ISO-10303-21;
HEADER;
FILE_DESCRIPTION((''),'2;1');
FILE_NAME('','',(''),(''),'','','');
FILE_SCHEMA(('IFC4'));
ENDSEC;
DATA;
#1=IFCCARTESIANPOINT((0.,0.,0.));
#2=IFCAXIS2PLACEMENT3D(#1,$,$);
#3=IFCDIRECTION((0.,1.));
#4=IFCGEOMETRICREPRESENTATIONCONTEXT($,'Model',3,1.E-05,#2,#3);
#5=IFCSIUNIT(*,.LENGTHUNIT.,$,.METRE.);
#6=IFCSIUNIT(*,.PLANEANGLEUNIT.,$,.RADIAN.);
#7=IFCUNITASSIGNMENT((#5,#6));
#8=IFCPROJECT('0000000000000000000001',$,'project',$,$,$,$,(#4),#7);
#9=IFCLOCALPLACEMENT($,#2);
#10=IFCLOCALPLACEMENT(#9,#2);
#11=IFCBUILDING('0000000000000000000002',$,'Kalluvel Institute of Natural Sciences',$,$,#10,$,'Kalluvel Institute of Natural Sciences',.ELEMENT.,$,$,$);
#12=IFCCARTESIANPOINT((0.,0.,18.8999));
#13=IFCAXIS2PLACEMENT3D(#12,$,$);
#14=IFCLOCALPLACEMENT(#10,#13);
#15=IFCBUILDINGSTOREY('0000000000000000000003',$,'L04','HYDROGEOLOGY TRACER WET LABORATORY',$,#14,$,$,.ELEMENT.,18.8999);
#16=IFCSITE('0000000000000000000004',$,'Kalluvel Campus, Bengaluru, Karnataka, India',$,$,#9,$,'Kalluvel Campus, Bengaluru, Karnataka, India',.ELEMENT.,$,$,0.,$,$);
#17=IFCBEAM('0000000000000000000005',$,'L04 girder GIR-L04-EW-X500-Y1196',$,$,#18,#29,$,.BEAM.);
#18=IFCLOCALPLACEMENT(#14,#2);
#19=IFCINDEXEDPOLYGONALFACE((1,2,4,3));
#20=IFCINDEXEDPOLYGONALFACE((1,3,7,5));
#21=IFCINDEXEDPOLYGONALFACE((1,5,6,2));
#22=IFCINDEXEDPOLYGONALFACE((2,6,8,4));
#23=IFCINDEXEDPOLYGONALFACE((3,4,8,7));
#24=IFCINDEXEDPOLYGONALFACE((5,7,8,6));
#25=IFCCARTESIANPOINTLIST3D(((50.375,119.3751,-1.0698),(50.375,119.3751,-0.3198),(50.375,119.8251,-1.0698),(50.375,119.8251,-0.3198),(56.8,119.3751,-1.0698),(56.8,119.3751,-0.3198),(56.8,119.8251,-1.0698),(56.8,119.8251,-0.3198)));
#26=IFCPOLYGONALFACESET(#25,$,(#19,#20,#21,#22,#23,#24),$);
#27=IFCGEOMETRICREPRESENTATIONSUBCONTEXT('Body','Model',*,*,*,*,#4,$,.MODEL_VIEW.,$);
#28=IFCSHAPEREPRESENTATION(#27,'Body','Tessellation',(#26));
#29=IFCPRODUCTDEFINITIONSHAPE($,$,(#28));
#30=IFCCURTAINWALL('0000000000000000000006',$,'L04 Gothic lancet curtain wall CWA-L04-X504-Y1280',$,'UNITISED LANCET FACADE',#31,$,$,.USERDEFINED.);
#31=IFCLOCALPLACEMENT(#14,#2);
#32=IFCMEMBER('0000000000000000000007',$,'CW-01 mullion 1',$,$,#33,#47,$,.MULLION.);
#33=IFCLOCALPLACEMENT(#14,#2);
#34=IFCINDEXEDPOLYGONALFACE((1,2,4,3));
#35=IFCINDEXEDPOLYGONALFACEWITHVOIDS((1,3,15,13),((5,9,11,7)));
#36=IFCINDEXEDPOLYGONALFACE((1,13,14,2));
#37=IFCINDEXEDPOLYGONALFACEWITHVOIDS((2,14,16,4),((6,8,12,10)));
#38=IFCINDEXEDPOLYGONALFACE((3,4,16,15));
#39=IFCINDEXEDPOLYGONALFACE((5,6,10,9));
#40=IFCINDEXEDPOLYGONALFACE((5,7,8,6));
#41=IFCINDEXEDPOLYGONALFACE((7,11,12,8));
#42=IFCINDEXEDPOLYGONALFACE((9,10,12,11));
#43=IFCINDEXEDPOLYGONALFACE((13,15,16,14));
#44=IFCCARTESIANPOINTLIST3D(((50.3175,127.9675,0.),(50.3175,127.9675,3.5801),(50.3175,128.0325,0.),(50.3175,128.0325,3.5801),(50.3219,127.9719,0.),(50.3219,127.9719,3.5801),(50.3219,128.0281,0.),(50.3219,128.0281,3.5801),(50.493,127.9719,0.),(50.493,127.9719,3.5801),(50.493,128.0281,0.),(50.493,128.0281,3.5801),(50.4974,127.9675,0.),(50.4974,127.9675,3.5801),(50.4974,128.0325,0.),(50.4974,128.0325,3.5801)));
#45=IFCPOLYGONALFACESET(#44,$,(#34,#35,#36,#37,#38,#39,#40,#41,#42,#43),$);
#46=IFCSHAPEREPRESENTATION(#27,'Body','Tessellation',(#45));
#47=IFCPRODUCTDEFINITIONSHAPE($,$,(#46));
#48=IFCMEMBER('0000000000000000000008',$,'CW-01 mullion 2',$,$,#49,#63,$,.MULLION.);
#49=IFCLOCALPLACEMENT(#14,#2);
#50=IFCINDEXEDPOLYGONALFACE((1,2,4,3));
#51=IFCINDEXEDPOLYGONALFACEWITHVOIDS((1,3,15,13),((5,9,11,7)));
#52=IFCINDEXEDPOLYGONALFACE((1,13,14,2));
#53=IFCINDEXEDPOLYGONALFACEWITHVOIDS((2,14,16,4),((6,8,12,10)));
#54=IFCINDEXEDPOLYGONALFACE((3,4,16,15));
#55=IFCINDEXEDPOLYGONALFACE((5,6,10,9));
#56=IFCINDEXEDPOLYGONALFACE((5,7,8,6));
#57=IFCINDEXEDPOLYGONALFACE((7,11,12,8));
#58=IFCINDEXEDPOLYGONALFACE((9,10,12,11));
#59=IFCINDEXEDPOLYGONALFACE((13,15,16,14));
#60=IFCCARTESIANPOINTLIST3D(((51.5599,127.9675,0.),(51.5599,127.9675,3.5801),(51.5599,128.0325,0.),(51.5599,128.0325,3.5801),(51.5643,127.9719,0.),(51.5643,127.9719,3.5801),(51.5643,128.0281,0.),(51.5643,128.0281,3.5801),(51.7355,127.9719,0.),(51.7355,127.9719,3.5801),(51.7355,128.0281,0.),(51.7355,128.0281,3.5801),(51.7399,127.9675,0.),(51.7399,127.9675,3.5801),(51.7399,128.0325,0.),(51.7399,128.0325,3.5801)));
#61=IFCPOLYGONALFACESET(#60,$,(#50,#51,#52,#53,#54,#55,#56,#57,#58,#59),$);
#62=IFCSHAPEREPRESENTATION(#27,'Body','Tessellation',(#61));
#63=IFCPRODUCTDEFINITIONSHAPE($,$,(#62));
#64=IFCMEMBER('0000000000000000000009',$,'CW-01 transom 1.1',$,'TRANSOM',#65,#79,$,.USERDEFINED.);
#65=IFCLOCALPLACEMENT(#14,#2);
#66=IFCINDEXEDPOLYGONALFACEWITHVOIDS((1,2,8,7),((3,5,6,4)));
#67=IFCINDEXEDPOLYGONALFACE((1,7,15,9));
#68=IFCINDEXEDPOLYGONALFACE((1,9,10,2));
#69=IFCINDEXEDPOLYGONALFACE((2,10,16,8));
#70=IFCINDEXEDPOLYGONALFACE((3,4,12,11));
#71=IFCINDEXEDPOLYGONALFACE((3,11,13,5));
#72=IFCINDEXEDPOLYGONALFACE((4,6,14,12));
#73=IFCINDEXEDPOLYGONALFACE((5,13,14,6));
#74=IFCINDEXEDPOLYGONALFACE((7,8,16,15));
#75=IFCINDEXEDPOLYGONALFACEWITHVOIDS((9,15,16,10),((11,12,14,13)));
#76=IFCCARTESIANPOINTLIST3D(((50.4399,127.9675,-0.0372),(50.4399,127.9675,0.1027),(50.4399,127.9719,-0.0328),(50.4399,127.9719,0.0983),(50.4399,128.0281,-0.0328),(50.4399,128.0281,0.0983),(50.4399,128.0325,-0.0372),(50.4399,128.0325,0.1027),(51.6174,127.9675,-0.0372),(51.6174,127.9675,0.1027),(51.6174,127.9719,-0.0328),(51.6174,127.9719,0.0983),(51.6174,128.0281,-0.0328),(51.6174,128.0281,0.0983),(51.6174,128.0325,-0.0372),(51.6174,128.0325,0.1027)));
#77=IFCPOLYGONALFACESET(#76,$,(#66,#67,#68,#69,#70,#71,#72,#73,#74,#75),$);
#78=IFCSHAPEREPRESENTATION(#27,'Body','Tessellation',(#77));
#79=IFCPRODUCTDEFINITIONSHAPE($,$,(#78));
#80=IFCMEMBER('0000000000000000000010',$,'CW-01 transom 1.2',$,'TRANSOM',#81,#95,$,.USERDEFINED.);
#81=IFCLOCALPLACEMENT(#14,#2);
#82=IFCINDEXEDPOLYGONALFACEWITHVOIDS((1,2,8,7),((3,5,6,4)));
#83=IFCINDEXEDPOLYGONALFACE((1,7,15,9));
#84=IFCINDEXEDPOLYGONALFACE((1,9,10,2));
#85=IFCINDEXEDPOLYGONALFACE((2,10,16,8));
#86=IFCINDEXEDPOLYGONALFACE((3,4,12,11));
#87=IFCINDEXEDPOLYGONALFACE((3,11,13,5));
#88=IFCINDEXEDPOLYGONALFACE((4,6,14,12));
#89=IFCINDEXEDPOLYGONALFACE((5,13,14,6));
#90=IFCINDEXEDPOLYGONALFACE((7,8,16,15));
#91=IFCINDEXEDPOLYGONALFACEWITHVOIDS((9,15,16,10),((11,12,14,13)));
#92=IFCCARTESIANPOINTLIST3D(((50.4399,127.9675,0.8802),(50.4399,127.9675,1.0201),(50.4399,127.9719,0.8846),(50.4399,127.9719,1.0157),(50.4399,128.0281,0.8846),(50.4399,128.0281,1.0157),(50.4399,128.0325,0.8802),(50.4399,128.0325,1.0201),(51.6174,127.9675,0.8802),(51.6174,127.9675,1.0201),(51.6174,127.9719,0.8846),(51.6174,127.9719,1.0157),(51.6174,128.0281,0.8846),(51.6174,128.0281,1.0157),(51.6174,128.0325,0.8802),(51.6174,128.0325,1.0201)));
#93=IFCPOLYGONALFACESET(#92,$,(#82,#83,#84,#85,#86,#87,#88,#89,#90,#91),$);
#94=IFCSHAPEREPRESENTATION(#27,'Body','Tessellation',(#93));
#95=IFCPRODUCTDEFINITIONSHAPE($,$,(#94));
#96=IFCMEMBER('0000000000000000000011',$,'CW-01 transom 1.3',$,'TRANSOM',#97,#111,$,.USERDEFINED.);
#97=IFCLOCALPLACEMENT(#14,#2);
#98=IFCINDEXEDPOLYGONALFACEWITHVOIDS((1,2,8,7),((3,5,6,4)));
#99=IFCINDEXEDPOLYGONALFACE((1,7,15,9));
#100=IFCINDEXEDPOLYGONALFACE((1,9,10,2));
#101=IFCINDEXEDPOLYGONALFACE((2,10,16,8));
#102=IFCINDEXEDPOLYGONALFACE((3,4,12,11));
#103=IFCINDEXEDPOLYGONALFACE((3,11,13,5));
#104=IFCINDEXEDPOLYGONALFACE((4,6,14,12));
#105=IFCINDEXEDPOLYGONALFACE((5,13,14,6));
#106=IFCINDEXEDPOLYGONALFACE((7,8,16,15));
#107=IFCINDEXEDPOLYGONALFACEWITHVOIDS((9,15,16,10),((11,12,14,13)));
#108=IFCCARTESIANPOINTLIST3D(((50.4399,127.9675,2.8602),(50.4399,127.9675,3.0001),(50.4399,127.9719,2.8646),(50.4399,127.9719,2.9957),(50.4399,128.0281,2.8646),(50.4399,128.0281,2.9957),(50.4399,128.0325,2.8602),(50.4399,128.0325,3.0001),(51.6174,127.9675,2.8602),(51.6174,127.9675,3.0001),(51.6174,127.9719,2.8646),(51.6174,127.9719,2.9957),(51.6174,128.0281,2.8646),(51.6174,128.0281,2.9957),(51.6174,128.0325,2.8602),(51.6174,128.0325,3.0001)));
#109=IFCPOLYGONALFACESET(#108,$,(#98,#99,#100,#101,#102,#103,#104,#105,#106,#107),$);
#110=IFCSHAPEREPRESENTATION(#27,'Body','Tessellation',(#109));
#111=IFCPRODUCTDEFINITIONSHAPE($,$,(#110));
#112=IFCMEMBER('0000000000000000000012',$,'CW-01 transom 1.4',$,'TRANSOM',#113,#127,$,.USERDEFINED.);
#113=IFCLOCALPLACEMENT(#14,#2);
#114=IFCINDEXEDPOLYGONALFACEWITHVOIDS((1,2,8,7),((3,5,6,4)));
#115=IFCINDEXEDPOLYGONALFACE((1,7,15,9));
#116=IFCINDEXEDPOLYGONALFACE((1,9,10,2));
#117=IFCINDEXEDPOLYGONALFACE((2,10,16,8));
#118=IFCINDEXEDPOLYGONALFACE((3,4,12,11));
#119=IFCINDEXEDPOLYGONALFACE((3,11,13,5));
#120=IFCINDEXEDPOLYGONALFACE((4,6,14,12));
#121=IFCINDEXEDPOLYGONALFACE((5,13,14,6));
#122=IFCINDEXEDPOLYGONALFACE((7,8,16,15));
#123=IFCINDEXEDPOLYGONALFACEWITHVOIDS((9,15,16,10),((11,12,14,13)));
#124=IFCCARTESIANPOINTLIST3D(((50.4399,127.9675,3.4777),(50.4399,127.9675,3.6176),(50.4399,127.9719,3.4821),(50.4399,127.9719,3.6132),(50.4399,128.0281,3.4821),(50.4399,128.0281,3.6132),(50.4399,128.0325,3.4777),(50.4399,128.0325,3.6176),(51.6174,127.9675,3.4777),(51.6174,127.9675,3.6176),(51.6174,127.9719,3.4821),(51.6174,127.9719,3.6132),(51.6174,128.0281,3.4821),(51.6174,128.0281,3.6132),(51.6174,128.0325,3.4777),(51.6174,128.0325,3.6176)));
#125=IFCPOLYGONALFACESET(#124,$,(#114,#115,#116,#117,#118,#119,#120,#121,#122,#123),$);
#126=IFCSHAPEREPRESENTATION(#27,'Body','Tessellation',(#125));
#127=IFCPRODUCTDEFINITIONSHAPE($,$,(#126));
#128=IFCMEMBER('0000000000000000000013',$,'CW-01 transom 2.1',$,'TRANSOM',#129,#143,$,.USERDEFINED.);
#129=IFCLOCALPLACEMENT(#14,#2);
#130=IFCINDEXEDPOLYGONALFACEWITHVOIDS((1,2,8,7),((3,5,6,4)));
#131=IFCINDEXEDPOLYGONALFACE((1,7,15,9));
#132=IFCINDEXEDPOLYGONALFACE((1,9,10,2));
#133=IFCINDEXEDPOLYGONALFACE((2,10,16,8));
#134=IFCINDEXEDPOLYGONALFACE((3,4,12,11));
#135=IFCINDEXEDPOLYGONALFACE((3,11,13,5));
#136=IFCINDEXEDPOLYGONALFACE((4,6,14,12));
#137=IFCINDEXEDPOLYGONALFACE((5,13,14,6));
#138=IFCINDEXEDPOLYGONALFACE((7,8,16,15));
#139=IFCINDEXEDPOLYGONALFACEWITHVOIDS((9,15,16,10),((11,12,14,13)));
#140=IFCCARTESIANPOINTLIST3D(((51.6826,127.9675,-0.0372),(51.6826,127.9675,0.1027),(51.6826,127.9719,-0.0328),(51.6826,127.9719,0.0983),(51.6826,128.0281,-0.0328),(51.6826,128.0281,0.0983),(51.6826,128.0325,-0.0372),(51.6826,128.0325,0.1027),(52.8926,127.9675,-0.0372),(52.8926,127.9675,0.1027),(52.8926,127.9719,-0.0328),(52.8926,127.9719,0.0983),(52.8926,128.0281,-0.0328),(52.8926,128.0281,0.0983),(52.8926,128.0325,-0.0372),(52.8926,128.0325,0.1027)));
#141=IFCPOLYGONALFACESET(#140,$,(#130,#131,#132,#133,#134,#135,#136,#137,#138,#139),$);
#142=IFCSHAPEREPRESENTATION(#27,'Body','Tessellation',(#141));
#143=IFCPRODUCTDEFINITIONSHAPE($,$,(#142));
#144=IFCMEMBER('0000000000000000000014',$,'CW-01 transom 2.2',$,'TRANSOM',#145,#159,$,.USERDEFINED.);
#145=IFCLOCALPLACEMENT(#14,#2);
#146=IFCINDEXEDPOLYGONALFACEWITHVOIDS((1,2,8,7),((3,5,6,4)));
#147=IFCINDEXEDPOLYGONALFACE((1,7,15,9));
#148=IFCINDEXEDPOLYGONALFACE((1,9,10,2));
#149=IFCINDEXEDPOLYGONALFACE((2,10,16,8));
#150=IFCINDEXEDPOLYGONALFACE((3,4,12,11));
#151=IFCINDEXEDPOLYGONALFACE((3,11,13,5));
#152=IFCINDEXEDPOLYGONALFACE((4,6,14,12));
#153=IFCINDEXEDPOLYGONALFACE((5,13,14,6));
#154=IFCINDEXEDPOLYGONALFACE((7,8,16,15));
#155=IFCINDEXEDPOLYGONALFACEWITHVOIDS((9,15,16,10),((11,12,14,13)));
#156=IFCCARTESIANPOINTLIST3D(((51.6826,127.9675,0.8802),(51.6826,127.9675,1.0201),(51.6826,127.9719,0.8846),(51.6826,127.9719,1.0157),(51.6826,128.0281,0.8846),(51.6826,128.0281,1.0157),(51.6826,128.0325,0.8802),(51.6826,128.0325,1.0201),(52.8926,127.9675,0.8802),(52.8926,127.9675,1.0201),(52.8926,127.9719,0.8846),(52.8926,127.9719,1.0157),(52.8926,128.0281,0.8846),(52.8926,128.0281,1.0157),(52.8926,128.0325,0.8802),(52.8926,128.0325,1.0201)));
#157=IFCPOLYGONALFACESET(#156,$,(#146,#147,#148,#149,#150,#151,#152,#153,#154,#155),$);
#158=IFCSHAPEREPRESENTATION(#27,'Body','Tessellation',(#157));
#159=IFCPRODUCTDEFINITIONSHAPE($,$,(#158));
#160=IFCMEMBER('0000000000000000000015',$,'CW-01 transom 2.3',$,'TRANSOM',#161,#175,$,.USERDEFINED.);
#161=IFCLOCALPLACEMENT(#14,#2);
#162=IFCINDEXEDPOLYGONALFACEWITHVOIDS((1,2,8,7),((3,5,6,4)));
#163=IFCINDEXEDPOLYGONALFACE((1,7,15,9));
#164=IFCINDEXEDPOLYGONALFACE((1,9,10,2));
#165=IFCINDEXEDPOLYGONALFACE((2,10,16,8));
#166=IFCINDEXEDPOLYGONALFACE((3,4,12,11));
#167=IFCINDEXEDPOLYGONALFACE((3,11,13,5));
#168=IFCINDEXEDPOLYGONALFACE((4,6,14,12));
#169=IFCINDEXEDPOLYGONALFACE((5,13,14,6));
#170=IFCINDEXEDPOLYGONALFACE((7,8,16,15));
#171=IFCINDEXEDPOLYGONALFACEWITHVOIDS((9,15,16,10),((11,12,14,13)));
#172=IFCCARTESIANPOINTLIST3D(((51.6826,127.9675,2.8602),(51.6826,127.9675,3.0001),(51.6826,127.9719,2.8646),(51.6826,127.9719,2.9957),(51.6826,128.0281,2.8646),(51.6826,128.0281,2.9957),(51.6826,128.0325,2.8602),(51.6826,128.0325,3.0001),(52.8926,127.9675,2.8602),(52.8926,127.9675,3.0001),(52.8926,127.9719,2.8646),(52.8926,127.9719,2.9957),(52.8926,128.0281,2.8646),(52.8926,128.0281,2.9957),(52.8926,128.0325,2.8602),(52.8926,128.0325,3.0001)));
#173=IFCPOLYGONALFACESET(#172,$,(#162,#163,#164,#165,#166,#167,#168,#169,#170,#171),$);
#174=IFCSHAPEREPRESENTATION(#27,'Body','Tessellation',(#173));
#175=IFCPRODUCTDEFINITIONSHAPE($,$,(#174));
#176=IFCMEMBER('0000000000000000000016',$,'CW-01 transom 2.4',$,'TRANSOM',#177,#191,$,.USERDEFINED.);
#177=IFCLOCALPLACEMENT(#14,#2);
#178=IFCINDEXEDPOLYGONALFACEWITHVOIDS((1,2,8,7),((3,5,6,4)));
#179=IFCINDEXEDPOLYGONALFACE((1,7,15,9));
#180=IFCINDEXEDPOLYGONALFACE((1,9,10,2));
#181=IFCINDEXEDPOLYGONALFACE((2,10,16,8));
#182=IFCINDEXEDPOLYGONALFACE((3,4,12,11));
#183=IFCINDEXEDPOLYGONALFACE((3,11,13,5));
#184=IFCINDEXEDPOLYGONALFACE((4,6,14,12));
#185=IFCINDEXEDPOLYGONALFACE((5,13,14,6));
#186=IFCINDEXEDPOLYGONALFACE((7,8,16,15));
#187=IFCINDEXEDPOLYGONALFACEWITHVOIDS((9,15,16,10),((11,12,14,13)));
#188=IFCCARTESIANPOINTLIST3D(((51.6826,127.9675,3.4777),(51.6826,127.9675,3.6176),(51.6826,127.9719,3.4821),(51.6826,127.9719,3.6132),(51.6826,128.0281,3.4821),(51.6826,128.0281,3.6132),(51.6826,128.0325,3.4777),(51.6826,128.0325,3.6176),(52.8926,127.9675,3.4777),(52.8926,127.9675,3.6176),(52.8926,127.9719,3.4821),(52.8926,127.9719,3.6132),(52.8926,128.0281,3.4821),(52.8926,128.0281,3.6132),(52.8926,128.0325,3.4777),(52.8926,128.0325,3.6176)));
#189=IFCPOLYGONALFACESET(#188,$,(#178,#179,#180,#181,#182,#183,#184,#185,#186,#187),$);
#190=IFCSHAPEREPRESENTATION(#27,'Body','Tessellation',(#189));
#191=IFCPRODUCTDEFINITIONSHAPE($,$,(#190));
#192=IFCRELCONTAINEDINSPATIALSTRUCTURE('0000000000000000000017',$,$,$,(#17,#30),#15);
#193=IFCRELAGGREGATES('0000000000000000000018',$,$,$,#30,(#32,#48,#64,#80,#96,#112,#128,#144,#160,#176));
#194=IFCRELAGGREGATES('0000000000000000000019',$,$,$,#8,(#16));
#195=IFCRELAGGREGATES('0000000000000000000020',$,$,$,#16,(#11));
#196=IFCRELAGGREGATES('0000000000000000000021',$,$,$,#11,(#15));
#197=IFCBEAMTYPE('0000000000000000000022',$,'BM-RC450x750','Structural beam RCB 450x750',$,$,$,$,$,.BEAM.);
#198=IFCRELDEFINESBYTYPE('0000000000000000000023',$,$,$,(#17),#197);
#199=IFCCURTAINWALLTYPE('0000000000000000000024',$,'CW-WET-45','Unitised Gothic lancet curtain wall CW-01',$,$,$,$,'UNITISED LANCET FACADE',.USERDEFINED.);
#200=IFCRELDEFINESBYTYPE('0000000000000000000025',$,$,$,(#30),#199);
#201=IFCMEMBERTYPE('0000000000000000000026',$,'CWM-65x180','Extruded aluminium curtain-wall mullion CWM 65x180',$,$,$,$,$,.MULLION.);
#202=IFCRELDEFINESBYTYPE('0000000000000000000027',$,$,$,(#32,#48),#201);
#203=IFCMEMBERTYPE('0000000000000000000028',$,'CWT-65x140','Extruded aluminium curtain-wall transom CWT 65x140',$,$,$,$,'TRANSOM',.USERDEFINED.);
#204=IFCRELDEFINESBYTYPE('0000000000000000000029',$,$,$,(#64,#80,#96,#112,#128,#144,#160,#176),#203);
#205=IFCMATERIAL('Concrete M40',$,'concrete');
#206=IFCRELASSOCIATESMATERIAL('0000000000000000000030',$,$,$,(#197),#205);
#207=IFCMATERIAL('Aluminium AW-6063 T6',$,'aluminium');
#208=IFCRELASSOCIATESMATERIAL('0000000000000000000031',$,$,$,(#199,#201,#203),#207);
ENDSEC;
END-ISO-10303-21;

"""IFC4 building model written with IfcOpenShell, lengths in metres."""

from ifc_helpers import new_model, si_unit, direction, frame, origin, origin_2d, place, context, subcontext, project, spatial, rectangle, hollow_rectangle, extrude, material, material_profile, profile_set, type_object, element, aggregate, save


model = new_model("IFC4")

# Units and contexts
model_context = context("Model", 3, precision=1e-05, world=origin(), true_north=direction((0.0, 1.0)))
body_context = subcontext(model_context, "Body", "Model", "MODEL_VIEW")
ifc_project = project(units=[si_unit("LENGTHUNIT", "METRE"), si_unit("PLANEANGLEUNIT", "RADIAN")], contexts=[model_context])

# Site, building, storey
site_placement = place(None, origin())
site = spatial("IfcSite", under=ifc_project, at=site_placement, Name="Kalluvel Campus, Bengaluru, Karnataka, India", LongName="Kalluvel Campus, Bengaluru, Karnataka, India", CompositionType="ELEMENT", RefElevation=0.0)
building_placement = place(site_placement, origin())
building = spatial("IfcBuilding", under=site, at=building_placement, Name="Kalluvel Institute of Natural Sciences", LongName="Kalluvel Institute of Natural Sciences", CompositionType="ELEMENT")
storey_placement = place(building_placement, frame((0.0, 0.0, 18.8999)))
storey = spatial("IfcBuildingStorey", under=building, at=storey_placement, Name="L04", Description="HYDROGEOLOGY TRACER WET LABORATORY", CompositionType="ELEMENT", Elevation=18.8999)

# Beam
ifc_material_1 = material(Name="Concrete M40", Category="concrete")
ifc_material_profile_1 = material_profile(ifc_material_1, rectangle(XDim=0.45, YDim=0.75, at=origin_2d()), Name="RCB 450x750")
ifc_profile_set_1 = profile_set([ifc_material_profile_1], Name="Concrete M40")
beam_type_1 = type_object("IfcBeamType", Name="BM-RC450x750", Description="Structural beam RCB 450x750", PredefinedType="BEAM", material=ifc_profile_set_1)
beam_1_placement = place(storey_placement, frame((50.375, 119.6001, -0.6948), z_axis=(1.0, 0.0, 0.0), x_axis=(0.0, 1.0, 0.0)))
element("IfcBeam", 1, at=beam_1_placement, inside=storey, type_object=beam_type_1, Name="L04 girder GIR-L04-EW-X500-Y1196", PredefinedType="BEAM", context=body_context, shape_type="SweptSolid", body=[
    extrude(rectangle(XDim=0.45, YDim=0.75, at=origin_2d()), origin(), (0.0, 0.0, 1.0), 6.425),
])

# Curtain wall, members
ifc_material_2 = material(Name="Aluminium AW-6063 T6", Category="aluminium")
curtain_wall_type = type_object("IfcCurtainWallType", Name="CW-WET-45", Description="Unitised Gothic lancet curtain wall CW-01", ElementType="UNITISED LANCET FACADE", PredefinedType="USERDEFINED", material=ifc_material_2)
curtain_wall_placement = place(storey_placement, origin())
curtain_wall = element("IfcCurtainWall", 2, at=curtain_wall_placement, inside=storey, type_object=curtain_wall_type, Name="L04 Gothic lancet curtain wall CWA-L04-X504-Y1280", ObjectType="UNITISED LANCET FACADE", PredefinedType="USERDEFINED")
ifc_material_profile_2 = material_profile(ifc_material_2, hollow_rectangle(XDim=0.0649, YDim=0.1799, WallThickness=0.0044, at=origin_2d()), Name="CWM 65x180")
ifc_profile_set_2 = profile_set([ifc_material_profile_2], Name="Aluminium AW-6063 T6")
member_type_1 = type_object("IfcMemberType", Name="CWM-65x180", Description="Extruded aluminium curtain-wall mullion CWM 65x180", PredefinedType="MULLION", material=ifc_profile_set_2)
member_1_placement = place(storey_placement, frame((50.4075, 128.0, 0.0), z_axis=(0.0, 0.0, 1.0), x_axis=(0.0, 1.0, 0.0)))
member_1 = element("IfcMember", 3, at=member_1_placement, type_object=member_type_1, Name="CW-01 mullion 1", PredefinedType="MULLION", context=body_context, shape_type="SweptSolid", body=[
    extrude(hollow_rectangle(XDim=0.0649, YDim=0.1799, WallThickness=0.0044, at=origin_2d()), origin(), (0.0, 0.0, 1.0), 3.5801),
])
member_2_placement = place(storey_placement, frame((51.6499, 128.0, 0.0), z_axis=(0.0, 0.0, 1.0), x_axis=(0.0, 1.0, 0.0)))
member_2 = element("IfcMember", 4, at=member_2_placement, type_object=member_type_1, Name="CW-01 mullion 2", PredefinedType="MULLION", context=body_context, shape_type="SweptSolid", body=[
    extrude(hollow_rectangle(XDim=0.0649, YDim=0.1799, WallThickness=0.0044, at=origin_2d()), origin(), (0.0, 0.0, 1.0), 3.5801),
])
ifc_material_profile_3 = material_profile(ifc_material_2, hollow_rectangle(XDim=0.0649, YDim=0.1399, WallThickness=0.0044, at=origin_2d()), Name="CWT 65x140")
ifc_profile_set_3 = profile_set([ifc_material_profile_3], Name="Aluminium AW-6063 T6")
member_type_2 = type_object("IfcMemberType", Name="CWT-65x140", Description="Extruded aluminium curtain-wall transom CWT 65x140", ElementType="TRANSOM", PredefinedType="USERDEFINED", material=ifc_profile_set_3)
member_3_placement = place(storey_placement, frame((50.4399, 128.0, 0.0327), z_axis=(1.0, 0.0, 0.0), x_axis=(0.0, 1.0, 0.0)))
member_3 = element("IfcMember", 5, at=member_3_placement, type_object=member_type_2, Name="CW-01 transom 1.1", ObjectType="TRANSOM", PredefinedType="USERDEFINED", context=body_context, shape_type="SweptSolid", body=[
    extrude(hollow_rectangle(XDim=0.0649, YDim=0.1399, WallThickness=0.0044, at=origin_2d()), origin(), (0.0, 0.0, 1.0), 1.1775),
])
member_4_placement = place(storey_placement, frame((50.4399, 128.0, 0.9502), z_axis=(1.0, 0.0, 0.0), x_axis=(0.0, 1.0, 0.0)))
member_4 = element("IfcMember", 6, at=member_4_placement, type_object=member_type_2, Name="CW-01 transom 1.2", ObjectType="TRANSOM", PredefinedType="USERDEFINED", context=body_context, shape_type="SweptSolid", body=[
    extrude(hollow_rectangle(XDim=0.0649, YDim=0.1399, WallThickness=0.0044, at=origin_2d()), origin(), (0.0, 0.0, 1.0), 1.1775),
])
member_5_placement = place(storey_placement, frame((50.4399, 128.0, 2.9302), z_axis=(1.0, 0.0, 0.0), x_axis=(0.0, 1.0, 0.0)))
member_5 = element("IfcMember", 7, at=member_5_placement, type_object=member_type_2, Name="CW-01 transom 1.3", ObjectType="TRANSOM", PredefinedType="USERDEFINED", context=body_context, shape_type="SweptSolid", body=[
    extrude(hollow_rectangle(XDim=0.0649, YDim=0.1399, WallThickness=0.0044, at=origin_2d()), origin(), (0.0, 0.0, 1.0), 1.1775),
])
member_6_placement = place(storey_placement, frame((50.4399, 128.0, 3.5476), z_axis=(1.0, 0.0, 0.0), x_axis=(0.0, 1.0, 0.0)))
member_6 = element("IfcMember", 8, at=member_6_placement, type_object=member_type_2, Name="CW-01 transom 1.4", ObjectType="TRANSOM", PredefinedType="USERDEFINED", context=body_context, shape_type="SweptSolid", body=[
    extrude(hollow_rectangle(XDim=0.0649, YDim=0.1399, WallThickness=0.0044, at=origin_2d()), origin(), (0.0, 0.0, 1.0), 1.1775),
])
member_7_placement = place(storey_placement, frame((51.6826, 128.0, 0.0327), z_axis=(1.0, 0.0, 0.0), x_axis=(0.0, 1.0, 0.0)))
member_7 = element("IfcMember", 9, at=member_7_placement, type_object=member_type_2, Name="CW-01 transom 2.1", ObjectType="TRANSOM", PredefinedType="USERDEFINED", context=body_context, shape_type="SweptSolid", body=[
    extrude(hollow_rectangle(XDim=0.0649, YDim=0.1399, WallThickness=0.0044, at=origin_2d()), origin(), (0.0, 0.0, 1.0), 1.21),
])
member_8_placement = place(storey_placement, frame((51.6826, 128.0, 0.9502), z_axis=(1.0, 0.0, 0.0), x_axis=(0.0, 1.0, 0.0)))
member_8 = element("IfcMember", 10, at=member_8_placement, type_object=member_type_2, Name="CW-01 transom 2.2", ObjectType="TRANSOM", PredefinedType="USERDEFINED", context=body_context, shape_type="SweptSolid", body=[
    extrude(hollow_rectangle(XDim=0.0649, YDim=0.1399, WallThickness=0.0044, at=origin_2d()), origin(), (0.0, 0.0, 1.0), 1.21),
])
member_9_placement = place(storey_placement, frame((51.6826, 128.0, 2.9302), z_axis=(1.0, 0.0, 0.0), x_axis=(0.0, 1.0, 0.0)))
member_9 = element("IfcMember", 11, at=member_9_placement, type_object=member_type_2, Name="CW-01 transom 2.3", ObjectType="TRANSOM", PredefinedType="USERDEFINED", context=body_context, shape_type="SweptSolid", body=[
    extrude(hollow_rectangle(XDim=0.0649, YDim=0.1399, WallThickness=0.0044, at=origin_2d()), origin(), (0.0, 0.0, 1.0), 1.21),
])
member_10_placement = place(storey_placement, frame((51.6826, 128.0, 3.5476), z_axis=(1.0, 0.0, 0.0), x_axis=(0.0, 1.0, 0.0)))
member_10 = element("IfcMember", 12, at=member_10_placement, type_object=member_type_2, Name="CW-01 transom 2.4", ObjectType="TRANSOM", PredefinedType="USERDEFINED", context=body_context, shape_type="SweptSolid", body=[
    extrude(hollow_rectangle(XDim=0.0649, YDim=0.1399, WallThickness=0.0044, at=origin_2d()), origin(), (0.0, 0.0, 1.0), 1.21),
])

aggregate(curtain_wall, [member_1, member_2, member_3, member_4, member_5, member_6, member_7, member_8, member_9, member_10])

save(model, "model.ifc")
